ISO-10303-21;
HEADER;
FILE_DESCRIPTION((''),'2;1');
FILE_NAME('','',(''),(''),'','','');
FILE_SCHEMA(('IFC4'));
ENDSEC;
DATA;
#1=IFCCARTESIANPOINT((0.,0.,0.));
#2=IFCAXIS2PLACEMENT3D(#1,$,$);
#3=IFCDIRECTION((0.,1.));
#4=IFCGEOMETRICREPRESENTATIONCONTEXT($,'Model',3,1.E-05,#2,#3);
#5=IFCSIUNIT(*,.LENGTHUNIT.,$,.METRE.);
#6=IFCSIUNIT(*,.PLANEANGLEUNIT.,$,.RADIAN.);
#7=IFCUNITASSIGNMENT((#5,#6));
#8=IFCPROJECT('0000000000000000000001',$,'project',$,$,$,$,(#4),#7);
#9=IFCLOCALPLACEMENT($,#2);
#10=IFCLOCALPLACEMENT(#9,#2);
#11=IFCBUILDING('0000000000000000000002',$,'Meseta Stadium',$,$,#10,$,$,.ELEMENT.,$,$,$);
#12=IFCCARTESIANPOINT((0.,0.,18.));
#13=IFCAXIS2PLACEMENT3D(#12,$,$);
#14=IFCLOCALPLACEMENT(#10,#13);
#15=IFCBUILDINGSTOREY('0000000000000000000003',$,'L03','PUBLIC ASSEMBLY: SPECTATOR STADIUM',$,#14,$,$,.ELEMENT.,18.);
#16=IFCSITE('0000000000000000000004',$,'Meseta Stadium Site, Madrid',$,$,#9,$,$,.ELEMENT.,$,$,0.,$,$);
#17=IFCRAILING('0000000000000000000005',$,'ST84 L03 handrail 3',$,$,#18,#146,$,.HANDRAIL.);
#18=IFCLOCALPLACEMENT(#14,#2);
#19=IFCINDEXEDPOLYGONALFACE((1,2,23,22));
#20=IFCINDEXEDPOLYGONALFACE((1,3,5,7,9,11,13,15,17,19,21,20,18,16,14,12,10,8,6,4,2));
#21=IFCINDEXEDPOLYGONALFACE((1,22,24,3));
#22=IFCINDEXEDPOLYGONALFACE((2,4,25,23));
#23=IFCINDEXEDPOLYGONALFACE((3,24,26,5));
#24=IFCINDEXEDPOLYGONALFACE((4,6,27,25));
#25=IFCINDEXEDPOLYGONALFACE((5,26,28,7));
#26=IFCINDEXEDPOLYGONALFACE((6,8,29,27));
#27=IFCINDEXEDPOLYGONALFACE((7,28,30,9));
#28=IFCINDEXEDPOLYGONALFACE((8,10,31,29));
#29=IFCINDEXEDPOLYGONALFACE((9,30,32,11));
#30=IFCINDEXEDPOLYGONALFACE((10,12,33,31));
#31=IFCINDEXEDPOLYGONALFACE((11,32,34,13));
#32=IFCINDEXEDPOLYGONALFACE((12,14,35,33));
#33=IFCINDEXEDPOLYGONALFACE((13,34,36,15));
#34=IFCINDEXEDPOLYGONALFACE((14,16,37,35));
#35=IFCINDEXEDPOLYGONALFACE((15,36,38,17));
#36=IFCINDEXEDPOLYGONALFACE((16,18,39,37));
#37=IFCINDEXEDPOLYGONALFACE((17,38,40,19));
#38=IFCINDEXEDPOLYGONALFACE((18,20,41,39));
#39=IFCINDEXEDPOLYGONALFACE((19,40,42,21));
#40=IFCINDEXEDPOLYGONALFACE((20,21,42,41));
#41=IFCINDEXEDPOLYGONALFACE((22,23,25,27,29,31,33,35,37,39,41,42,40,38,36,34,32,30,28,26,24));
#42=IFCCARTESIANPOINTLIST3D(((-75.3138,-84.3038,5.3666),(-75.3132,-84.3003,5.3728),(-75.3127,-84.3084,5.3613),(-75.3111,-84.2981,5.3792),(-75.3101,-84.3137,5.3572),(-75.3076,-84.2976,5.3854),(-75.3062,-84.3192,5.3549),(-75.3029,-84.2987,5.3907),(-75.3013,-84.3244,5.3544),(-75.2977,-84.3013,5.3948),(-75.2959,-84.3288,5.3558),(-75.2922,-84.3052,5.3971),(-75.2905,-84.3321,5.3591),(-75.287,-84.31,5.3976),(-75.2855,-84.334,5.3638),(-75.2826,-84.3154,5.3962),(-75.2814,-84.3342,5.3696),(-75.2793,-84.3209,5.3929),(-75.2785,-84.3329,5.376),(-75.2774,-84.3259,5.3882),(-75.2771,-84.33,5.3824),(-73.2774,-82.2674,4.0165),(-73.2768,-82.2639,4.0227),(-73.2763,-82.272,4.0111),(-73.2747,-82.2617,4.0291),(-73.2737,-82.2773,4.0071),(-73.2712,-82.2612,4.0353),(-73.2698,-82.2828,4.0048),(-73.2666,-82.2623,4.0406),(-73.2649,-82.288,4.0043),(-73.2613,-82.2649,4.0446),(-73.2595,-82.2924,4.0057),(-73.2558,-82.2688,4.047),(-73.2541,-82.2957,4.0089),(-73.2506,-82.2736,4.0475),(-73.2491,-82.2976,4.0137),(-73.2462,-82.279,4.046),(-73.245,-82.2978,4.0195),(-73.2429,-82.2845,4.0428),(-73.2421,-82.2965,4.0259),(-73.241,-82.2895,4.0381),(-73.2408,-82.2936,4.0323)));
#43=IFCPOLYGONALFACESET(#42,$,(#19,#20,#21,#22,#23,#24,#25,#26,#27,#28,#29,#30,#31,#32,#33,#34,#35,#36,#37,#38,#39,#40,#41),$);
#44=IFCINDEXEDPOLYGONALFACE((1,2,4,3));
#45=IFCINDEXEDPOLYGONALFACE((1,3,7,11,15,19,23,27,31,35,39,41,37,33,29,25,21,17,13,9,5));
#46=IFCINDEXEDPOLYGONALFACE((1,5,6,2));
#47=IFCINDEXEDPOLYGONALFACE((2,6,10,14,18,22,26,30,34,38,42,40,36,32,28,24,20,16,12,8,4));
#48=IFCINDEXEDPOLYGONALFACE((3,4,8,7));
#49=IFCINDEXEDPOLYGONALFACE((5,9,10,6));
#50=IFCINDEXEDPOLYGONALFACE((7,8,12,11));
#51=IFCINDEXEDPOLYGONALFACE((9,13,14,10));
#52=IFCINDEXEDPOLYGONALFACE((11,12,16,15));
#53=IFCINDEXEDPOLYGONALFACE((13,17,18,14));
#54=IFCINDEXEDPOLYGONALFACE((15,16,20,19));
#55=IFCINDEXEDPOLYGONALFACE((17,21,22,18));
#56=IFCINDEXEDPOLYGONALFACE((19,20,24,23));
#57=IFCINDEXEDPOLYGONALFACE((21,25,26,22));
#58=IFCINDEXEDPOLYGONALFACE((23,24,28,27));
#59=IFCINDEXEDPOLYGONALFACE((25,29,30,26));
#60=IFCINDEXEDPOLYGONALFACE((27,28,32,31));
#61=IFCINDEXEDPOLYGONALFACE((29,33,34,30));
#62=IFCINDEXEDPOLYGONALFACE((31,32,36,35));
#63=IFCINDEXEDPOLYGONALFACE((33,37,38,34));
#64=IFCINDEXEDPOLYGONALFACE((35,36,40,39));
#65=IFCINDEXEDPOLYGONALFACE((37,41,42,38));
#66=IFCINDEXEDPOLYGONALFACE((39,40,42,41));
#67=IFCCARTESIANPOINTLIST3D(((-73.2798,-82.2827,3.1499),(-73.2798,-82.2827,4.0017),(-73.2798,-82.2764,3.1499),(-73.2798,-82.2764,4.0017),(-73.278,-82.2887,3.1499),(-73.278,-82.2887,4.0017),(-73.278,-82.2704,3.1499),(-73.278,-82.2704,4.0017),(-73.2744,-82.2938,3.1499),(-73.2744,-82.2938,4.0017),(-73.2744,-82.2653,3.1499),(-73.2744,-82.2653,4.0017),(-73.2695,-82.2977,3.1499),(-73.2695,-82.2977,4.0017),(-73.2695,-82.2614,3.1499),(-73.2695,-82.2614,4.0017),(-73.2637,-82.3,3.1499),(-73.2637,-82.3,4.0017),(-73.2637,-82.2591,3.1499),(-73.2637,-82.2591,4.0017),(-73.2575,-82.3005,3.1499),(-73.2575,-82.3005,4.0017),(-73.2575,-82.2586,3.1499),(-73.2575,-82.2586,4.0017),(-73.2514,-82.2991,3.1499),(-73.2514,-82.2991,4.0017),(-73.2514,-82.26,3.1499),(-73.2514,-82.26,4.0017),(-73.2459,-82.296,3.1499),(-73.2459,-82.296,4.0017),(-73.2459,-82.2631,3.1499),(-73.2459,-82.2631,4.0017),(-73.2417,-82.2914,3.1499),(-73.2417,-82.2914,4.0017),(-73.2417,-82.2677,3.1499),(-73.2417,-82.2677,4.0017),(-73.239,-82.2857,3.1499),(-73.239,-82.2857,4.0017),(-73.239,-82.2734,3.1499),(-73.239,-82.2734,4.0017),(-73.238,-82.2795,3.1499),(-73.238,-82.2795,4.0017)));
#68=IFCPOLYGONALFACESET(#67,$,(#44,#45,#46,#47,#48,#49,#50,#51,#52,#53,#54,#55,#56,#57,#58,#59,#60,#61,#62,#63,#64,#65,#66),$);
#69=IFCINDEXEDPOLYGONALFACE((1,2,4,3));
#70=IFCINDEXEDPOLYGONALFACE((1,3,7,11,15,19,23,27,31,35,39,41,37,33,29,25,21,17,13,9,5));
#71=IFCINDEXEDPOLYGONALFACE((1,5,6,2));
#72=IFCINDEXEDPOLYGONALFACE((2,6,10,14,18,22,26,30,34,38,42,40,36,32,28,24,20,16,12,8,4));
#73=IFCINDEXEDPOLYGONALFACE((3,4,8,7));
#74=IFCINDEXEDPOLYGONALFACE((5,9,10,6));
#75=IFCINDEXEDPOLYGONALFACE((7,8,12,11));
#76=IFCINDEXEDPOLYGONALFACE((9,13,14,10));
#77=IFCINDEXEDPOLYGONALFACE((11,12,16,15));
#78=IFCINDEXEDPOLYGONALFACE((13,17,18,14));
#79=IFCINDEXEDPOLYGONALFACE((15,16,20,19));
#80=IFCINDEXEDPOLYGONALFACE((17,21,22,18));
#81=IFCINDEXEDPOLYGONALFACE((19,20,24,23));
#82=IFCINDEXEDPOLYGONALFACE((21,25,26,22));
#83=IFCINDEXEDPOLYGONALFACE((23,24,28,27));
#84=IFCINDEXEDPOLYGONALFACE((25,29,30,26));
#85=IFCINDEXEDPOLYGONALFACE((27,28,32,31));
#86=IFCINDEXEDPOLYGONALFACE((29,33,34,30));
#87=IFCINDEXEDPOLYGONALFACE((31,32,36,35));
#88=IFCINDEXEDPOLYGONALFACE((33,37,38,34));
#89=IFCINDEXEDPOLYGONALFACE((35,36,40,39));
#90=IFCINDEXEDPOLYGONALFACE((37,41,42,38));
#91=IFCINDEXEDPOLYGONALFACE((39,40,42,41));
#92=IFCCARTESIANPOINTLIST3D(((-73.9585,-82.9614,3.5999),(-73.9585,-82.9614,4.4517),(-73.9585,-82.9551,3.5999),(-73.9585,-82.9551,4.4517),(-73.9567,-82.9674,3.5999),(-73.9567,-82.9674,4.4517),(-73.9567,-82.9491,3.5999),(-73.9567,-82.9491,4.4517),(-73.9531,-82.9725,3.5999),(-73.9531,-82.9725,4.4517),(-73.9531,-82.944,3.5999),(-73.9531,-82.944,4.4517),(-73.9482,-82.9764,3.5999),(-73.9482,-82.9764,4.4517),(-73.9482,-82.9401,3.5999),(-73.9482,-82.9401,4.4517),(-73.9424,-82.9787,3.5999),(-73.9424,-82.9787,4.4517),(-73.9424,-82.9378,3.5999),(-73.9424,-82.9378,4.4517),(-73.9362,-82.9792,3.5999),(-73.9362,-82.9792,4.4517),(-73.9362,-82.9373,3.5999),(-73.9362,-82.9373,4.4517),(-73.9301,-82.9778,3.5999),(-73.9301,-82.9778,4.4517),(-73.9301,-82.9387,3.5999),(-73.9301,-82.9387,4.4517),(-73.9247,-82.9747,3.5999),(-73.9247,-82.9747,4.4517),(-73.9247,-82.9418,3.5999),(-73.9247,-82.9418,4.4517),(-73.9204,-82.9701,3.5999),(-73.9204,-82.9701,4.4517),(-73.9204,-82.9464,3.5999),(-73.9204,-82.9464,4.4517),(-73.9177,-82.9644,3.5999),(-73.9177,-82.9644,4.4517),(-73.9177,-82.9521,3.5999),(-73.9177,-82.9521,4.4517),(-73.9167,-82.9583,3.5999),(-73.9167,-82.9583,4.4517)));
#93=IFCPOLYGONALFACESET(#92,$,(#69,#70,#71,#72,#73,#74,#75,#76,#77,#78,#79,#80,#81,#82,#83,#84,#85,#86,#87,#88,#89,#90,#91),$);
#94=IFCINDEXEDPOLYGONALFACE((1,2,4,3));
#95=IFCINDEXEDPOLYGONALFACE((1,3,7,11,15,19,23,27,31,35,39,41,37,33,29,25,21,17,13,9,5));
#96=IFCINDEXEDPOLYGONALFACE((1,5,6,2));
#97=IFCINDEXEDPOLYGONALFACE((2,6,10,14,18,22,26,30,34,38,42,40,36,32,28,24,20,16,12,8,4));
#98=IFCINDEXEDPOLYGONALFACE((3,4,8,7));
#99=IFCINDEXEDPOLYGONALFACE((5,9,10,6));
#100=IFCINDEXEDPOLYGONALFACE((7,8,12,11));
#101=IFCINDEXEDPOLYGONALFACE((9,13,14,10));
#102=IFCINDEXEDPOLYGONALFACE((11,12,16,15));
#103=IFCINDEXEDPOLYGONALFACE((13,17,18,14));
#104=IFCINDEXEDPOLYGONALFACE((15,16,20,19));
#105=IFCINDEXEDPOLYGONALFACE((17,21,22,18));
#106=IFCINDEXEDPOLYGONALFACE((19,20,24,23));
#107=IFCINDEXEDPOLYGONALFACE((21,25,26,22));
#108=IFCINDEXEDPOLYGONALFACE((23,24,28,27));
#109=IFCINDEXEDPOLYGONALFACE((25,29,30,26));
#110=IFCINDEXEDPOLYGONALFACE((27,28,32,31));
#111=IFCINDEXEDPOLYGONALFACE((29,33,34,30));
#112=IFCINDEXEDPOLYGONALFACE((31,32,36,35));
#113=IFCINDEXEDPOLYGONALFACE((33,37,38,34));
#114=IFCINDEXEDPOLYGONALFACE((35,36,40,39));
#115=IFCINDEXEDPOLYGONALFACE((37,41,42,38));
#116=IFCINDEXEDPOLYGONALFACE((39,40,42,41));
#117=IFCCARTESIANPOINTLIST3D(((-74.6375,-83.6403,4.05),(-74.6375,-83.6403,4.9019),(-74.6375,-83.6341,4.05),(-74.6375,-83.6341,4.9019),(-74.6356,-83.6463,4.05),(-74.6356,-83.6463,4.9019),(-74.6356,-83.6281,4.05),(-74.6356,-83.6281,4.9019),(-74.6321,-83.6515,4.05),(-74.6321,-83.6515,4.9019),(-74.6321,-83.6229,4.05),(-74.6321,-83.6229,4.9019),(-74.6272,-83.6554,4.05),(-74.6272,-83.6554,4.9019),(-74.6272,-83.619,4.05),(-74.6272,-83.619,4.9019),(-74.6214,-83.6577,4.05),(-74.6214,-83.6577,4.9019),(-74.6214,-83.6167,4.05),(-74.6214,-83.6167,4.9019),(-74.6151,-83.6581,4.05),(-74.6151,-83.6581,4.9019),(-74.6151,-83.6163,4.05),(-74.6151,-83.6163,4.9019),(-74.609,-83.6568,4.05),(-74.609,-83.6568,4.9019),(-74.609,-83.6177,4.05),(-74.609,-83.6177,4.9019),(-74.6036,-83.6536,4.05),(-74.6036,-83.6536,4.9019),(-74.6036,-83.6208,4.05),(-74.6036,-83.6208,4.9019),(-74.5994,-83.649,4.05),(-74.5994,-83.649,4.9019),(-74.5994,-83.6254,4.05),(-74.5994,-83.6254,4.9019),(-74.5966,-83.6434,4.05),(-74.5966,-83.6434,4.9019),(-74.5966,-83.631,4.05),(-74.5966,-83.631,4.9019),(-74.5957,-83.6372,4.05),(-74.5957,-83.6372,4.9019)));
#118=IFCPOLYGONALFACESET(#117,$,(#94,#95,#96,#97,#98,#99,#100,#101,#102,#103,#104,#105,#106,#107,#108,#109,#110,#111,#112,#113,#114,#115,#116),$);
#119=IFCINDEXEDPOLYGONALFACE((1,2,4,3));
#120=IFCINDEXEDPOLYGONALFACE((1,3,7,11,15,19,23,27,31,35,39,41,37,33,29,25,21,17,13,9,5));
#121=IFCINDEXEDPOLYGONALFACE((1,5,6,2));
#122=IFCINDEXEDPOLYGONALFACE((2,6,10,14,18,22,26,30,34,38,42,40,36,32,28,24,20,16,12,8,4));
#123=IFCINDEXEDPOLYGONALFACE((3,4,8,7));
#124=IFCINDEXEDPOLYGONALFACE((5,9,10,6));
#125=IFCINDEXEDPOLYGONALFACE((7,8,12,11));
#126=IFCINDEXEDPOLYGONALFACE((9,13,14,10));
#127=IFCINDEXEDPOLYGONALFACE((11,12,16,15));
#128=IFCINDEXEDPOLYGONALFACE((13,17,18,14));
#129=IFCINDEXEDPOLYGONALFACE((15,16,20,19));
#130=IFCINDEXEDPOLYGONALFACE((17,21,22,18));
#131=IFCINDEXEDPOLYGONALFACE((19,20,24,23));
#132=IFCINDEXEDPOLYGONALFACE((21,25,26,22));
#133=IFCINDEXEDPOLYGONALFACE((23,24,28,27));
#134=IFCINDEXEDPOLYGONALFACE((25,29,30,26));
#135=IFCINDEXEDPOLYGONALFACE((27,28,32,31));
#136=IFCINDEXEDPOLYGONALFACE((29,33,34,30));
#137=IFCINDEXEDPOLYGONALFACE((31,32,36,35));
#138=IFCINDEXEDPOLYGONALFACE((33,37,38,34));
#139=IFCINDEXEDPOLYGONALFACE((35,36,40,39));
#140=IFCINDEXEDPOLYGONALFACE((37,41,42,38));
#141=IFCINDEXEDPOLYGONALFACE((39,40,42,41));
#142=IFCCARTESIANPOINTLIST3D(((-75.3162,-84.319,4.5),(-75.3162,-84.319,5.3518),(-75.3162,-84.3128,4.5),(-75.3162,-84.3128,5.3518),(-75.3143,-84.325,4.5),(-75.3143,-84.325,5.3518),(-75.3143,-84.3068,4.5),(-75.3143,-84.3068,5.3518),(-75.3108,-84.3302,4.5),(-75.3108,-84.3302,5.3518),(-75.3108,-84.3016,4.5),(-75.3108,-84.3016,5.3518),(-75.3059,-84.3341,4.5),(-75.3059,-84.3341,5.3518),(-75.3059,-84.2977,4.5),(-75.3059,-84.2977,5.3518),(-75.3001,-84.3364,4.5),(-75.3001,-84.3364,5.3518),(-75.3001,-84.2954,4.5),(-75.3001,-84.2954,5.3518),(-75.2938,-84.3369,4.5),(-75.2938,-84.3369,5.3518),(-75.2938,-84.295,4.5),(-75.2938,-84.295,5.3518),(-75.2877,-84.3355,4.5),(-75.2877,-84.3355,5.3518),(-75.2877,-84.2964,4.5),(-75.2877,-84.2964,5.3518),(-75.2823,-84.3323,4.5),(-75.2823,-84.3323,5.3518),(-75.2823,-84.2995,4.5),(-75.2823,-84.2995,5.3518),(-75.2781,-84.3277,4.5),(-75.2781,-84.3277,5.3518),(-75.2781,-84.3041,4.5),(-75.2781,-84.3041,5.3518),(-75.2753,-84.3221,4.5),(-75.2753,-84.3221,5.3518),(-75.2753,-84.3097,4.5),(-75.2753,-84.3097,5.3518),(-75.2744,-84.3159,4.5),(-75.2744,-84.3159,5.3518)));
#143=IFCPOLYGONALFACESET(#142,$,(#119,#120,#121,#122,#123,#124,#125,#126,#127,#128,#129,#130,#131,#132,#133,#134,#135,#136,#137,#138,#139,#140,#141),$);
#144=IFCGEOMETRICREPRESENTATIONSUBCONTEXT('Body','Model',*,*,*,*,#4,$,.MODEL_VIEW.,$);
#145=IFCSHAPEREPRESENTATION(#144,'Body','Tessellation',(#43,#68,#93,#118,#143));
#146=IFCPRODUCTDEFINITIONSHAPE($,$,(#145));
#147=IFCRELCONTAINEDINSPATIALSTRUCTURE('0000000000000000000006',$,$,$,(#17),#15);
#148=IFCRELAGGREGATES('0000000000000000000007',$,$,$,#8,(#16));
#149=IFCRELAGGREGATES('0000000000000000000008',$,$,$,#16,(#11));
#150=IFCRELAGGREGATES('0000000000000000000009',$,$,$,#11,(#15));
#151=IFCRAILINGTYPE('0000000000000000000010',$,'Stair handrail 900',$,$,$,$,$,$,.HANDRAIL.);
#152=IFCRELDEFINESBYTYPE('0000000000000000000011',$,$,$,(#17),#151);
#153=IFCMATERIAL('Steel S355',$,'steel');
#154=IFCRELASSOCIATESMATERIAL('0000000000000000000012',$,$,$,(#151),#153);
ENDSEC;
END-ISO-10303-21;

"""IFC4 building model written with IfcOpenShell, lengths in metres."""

from ifc_helpers import new_model, si_unit, direction, frame, origin, origin_2d, place, context, subcontext, project, spatial, circle, extrude, material, type_object, element, save


model = new_model("IFC4")

# Units and contexts
model_context = context("Model", 3, precision=1e-05, world=origin(), true_north=direction((0.0, 1.0)))
body_context = subcontext(model_context, "Body", "Model", "MODEL_VIEW")
ifc_project = project(units=[si_unit("LENGTHUNIT", "METRE"), si_unit("PLANEANGLEUNIT", "RADIAN")], contexts=[model_context])

# Site, building, storey
site_placement = place(None, origin())
site = spatial("IfcSite", under=ifc_project, at=site_placement, Name="Meseta Stadium Site, Madrid", CompositionType="ELEMENT", RefElevation=0.0)
building_placement = place(site_placement, origin())
building = spatial("IfcBuilding", under=site, at=building_placement, Name="Meseta Stadium", CompositionType="ELEMENT")
storey_placement = place(building_placement, frame((0.0, 0.0, 18.0)))
storey = spatial("IfcBuildingStorey", under=building, at=storey_placement, Name="L03", Description="PUBLIC ASSEMBLY: SPECTATOR STADIUM", CompositionType="ELEMENT", Elevation=18.0)

# Railing
ifc_material_1 = material(Name="Steel S355", Category="steel")
railing_type_1 = type_object("IfcRailingType", Name="Stair handrail 900", PredefinedType="HANDRAIL", material=ifc_material_1)
railing_1_placement = place(storey_placement, frame((-73.259, -82.2795, 3.1499)))
element("IfcRailing", 1, at=railing_1_placement, inside=storey, type_object=railing_type_1, Name="ST84 L03 handrail 3", PredefinedType="HANDRAIL", context=body_context, shape_type="SweptSolid", body=[
    extrude(circle(Radius=0.0239, at=origin_2d()), frame((0.0, 0.0, 0.876), z_axis=(-0.640243, -0.640243, 0.424475), x_axis=(0.707107, -0.707107, 0.0)), (0.0, 0.0, 1.0), 3.1807),
    extrude(circle(Radius=0.021, at=origin_2d()), origin(), (0.0, 0.0, 1.0), 0.8518),
    extrude(circle(Radius=0.021, at=origin_2d()), frame((-0.6787, -0.6787, 0.45)), (0.0, 0.0, 1.0), 0.8518),
    extrude(circle(Radius=0.021, at=origin_2d()), frame((-1.3577, -1.3577, 0.9001)), (0.0, 0.0, 1.0), 0.8518),
    extrude(circle(Radius=0.021, at=origin_2d()), frame((-2.0364, -2.0364, 1.3501)), (0.0, 0.0, 1.0), 0.8518),
])

save(model, "model.ifc")
